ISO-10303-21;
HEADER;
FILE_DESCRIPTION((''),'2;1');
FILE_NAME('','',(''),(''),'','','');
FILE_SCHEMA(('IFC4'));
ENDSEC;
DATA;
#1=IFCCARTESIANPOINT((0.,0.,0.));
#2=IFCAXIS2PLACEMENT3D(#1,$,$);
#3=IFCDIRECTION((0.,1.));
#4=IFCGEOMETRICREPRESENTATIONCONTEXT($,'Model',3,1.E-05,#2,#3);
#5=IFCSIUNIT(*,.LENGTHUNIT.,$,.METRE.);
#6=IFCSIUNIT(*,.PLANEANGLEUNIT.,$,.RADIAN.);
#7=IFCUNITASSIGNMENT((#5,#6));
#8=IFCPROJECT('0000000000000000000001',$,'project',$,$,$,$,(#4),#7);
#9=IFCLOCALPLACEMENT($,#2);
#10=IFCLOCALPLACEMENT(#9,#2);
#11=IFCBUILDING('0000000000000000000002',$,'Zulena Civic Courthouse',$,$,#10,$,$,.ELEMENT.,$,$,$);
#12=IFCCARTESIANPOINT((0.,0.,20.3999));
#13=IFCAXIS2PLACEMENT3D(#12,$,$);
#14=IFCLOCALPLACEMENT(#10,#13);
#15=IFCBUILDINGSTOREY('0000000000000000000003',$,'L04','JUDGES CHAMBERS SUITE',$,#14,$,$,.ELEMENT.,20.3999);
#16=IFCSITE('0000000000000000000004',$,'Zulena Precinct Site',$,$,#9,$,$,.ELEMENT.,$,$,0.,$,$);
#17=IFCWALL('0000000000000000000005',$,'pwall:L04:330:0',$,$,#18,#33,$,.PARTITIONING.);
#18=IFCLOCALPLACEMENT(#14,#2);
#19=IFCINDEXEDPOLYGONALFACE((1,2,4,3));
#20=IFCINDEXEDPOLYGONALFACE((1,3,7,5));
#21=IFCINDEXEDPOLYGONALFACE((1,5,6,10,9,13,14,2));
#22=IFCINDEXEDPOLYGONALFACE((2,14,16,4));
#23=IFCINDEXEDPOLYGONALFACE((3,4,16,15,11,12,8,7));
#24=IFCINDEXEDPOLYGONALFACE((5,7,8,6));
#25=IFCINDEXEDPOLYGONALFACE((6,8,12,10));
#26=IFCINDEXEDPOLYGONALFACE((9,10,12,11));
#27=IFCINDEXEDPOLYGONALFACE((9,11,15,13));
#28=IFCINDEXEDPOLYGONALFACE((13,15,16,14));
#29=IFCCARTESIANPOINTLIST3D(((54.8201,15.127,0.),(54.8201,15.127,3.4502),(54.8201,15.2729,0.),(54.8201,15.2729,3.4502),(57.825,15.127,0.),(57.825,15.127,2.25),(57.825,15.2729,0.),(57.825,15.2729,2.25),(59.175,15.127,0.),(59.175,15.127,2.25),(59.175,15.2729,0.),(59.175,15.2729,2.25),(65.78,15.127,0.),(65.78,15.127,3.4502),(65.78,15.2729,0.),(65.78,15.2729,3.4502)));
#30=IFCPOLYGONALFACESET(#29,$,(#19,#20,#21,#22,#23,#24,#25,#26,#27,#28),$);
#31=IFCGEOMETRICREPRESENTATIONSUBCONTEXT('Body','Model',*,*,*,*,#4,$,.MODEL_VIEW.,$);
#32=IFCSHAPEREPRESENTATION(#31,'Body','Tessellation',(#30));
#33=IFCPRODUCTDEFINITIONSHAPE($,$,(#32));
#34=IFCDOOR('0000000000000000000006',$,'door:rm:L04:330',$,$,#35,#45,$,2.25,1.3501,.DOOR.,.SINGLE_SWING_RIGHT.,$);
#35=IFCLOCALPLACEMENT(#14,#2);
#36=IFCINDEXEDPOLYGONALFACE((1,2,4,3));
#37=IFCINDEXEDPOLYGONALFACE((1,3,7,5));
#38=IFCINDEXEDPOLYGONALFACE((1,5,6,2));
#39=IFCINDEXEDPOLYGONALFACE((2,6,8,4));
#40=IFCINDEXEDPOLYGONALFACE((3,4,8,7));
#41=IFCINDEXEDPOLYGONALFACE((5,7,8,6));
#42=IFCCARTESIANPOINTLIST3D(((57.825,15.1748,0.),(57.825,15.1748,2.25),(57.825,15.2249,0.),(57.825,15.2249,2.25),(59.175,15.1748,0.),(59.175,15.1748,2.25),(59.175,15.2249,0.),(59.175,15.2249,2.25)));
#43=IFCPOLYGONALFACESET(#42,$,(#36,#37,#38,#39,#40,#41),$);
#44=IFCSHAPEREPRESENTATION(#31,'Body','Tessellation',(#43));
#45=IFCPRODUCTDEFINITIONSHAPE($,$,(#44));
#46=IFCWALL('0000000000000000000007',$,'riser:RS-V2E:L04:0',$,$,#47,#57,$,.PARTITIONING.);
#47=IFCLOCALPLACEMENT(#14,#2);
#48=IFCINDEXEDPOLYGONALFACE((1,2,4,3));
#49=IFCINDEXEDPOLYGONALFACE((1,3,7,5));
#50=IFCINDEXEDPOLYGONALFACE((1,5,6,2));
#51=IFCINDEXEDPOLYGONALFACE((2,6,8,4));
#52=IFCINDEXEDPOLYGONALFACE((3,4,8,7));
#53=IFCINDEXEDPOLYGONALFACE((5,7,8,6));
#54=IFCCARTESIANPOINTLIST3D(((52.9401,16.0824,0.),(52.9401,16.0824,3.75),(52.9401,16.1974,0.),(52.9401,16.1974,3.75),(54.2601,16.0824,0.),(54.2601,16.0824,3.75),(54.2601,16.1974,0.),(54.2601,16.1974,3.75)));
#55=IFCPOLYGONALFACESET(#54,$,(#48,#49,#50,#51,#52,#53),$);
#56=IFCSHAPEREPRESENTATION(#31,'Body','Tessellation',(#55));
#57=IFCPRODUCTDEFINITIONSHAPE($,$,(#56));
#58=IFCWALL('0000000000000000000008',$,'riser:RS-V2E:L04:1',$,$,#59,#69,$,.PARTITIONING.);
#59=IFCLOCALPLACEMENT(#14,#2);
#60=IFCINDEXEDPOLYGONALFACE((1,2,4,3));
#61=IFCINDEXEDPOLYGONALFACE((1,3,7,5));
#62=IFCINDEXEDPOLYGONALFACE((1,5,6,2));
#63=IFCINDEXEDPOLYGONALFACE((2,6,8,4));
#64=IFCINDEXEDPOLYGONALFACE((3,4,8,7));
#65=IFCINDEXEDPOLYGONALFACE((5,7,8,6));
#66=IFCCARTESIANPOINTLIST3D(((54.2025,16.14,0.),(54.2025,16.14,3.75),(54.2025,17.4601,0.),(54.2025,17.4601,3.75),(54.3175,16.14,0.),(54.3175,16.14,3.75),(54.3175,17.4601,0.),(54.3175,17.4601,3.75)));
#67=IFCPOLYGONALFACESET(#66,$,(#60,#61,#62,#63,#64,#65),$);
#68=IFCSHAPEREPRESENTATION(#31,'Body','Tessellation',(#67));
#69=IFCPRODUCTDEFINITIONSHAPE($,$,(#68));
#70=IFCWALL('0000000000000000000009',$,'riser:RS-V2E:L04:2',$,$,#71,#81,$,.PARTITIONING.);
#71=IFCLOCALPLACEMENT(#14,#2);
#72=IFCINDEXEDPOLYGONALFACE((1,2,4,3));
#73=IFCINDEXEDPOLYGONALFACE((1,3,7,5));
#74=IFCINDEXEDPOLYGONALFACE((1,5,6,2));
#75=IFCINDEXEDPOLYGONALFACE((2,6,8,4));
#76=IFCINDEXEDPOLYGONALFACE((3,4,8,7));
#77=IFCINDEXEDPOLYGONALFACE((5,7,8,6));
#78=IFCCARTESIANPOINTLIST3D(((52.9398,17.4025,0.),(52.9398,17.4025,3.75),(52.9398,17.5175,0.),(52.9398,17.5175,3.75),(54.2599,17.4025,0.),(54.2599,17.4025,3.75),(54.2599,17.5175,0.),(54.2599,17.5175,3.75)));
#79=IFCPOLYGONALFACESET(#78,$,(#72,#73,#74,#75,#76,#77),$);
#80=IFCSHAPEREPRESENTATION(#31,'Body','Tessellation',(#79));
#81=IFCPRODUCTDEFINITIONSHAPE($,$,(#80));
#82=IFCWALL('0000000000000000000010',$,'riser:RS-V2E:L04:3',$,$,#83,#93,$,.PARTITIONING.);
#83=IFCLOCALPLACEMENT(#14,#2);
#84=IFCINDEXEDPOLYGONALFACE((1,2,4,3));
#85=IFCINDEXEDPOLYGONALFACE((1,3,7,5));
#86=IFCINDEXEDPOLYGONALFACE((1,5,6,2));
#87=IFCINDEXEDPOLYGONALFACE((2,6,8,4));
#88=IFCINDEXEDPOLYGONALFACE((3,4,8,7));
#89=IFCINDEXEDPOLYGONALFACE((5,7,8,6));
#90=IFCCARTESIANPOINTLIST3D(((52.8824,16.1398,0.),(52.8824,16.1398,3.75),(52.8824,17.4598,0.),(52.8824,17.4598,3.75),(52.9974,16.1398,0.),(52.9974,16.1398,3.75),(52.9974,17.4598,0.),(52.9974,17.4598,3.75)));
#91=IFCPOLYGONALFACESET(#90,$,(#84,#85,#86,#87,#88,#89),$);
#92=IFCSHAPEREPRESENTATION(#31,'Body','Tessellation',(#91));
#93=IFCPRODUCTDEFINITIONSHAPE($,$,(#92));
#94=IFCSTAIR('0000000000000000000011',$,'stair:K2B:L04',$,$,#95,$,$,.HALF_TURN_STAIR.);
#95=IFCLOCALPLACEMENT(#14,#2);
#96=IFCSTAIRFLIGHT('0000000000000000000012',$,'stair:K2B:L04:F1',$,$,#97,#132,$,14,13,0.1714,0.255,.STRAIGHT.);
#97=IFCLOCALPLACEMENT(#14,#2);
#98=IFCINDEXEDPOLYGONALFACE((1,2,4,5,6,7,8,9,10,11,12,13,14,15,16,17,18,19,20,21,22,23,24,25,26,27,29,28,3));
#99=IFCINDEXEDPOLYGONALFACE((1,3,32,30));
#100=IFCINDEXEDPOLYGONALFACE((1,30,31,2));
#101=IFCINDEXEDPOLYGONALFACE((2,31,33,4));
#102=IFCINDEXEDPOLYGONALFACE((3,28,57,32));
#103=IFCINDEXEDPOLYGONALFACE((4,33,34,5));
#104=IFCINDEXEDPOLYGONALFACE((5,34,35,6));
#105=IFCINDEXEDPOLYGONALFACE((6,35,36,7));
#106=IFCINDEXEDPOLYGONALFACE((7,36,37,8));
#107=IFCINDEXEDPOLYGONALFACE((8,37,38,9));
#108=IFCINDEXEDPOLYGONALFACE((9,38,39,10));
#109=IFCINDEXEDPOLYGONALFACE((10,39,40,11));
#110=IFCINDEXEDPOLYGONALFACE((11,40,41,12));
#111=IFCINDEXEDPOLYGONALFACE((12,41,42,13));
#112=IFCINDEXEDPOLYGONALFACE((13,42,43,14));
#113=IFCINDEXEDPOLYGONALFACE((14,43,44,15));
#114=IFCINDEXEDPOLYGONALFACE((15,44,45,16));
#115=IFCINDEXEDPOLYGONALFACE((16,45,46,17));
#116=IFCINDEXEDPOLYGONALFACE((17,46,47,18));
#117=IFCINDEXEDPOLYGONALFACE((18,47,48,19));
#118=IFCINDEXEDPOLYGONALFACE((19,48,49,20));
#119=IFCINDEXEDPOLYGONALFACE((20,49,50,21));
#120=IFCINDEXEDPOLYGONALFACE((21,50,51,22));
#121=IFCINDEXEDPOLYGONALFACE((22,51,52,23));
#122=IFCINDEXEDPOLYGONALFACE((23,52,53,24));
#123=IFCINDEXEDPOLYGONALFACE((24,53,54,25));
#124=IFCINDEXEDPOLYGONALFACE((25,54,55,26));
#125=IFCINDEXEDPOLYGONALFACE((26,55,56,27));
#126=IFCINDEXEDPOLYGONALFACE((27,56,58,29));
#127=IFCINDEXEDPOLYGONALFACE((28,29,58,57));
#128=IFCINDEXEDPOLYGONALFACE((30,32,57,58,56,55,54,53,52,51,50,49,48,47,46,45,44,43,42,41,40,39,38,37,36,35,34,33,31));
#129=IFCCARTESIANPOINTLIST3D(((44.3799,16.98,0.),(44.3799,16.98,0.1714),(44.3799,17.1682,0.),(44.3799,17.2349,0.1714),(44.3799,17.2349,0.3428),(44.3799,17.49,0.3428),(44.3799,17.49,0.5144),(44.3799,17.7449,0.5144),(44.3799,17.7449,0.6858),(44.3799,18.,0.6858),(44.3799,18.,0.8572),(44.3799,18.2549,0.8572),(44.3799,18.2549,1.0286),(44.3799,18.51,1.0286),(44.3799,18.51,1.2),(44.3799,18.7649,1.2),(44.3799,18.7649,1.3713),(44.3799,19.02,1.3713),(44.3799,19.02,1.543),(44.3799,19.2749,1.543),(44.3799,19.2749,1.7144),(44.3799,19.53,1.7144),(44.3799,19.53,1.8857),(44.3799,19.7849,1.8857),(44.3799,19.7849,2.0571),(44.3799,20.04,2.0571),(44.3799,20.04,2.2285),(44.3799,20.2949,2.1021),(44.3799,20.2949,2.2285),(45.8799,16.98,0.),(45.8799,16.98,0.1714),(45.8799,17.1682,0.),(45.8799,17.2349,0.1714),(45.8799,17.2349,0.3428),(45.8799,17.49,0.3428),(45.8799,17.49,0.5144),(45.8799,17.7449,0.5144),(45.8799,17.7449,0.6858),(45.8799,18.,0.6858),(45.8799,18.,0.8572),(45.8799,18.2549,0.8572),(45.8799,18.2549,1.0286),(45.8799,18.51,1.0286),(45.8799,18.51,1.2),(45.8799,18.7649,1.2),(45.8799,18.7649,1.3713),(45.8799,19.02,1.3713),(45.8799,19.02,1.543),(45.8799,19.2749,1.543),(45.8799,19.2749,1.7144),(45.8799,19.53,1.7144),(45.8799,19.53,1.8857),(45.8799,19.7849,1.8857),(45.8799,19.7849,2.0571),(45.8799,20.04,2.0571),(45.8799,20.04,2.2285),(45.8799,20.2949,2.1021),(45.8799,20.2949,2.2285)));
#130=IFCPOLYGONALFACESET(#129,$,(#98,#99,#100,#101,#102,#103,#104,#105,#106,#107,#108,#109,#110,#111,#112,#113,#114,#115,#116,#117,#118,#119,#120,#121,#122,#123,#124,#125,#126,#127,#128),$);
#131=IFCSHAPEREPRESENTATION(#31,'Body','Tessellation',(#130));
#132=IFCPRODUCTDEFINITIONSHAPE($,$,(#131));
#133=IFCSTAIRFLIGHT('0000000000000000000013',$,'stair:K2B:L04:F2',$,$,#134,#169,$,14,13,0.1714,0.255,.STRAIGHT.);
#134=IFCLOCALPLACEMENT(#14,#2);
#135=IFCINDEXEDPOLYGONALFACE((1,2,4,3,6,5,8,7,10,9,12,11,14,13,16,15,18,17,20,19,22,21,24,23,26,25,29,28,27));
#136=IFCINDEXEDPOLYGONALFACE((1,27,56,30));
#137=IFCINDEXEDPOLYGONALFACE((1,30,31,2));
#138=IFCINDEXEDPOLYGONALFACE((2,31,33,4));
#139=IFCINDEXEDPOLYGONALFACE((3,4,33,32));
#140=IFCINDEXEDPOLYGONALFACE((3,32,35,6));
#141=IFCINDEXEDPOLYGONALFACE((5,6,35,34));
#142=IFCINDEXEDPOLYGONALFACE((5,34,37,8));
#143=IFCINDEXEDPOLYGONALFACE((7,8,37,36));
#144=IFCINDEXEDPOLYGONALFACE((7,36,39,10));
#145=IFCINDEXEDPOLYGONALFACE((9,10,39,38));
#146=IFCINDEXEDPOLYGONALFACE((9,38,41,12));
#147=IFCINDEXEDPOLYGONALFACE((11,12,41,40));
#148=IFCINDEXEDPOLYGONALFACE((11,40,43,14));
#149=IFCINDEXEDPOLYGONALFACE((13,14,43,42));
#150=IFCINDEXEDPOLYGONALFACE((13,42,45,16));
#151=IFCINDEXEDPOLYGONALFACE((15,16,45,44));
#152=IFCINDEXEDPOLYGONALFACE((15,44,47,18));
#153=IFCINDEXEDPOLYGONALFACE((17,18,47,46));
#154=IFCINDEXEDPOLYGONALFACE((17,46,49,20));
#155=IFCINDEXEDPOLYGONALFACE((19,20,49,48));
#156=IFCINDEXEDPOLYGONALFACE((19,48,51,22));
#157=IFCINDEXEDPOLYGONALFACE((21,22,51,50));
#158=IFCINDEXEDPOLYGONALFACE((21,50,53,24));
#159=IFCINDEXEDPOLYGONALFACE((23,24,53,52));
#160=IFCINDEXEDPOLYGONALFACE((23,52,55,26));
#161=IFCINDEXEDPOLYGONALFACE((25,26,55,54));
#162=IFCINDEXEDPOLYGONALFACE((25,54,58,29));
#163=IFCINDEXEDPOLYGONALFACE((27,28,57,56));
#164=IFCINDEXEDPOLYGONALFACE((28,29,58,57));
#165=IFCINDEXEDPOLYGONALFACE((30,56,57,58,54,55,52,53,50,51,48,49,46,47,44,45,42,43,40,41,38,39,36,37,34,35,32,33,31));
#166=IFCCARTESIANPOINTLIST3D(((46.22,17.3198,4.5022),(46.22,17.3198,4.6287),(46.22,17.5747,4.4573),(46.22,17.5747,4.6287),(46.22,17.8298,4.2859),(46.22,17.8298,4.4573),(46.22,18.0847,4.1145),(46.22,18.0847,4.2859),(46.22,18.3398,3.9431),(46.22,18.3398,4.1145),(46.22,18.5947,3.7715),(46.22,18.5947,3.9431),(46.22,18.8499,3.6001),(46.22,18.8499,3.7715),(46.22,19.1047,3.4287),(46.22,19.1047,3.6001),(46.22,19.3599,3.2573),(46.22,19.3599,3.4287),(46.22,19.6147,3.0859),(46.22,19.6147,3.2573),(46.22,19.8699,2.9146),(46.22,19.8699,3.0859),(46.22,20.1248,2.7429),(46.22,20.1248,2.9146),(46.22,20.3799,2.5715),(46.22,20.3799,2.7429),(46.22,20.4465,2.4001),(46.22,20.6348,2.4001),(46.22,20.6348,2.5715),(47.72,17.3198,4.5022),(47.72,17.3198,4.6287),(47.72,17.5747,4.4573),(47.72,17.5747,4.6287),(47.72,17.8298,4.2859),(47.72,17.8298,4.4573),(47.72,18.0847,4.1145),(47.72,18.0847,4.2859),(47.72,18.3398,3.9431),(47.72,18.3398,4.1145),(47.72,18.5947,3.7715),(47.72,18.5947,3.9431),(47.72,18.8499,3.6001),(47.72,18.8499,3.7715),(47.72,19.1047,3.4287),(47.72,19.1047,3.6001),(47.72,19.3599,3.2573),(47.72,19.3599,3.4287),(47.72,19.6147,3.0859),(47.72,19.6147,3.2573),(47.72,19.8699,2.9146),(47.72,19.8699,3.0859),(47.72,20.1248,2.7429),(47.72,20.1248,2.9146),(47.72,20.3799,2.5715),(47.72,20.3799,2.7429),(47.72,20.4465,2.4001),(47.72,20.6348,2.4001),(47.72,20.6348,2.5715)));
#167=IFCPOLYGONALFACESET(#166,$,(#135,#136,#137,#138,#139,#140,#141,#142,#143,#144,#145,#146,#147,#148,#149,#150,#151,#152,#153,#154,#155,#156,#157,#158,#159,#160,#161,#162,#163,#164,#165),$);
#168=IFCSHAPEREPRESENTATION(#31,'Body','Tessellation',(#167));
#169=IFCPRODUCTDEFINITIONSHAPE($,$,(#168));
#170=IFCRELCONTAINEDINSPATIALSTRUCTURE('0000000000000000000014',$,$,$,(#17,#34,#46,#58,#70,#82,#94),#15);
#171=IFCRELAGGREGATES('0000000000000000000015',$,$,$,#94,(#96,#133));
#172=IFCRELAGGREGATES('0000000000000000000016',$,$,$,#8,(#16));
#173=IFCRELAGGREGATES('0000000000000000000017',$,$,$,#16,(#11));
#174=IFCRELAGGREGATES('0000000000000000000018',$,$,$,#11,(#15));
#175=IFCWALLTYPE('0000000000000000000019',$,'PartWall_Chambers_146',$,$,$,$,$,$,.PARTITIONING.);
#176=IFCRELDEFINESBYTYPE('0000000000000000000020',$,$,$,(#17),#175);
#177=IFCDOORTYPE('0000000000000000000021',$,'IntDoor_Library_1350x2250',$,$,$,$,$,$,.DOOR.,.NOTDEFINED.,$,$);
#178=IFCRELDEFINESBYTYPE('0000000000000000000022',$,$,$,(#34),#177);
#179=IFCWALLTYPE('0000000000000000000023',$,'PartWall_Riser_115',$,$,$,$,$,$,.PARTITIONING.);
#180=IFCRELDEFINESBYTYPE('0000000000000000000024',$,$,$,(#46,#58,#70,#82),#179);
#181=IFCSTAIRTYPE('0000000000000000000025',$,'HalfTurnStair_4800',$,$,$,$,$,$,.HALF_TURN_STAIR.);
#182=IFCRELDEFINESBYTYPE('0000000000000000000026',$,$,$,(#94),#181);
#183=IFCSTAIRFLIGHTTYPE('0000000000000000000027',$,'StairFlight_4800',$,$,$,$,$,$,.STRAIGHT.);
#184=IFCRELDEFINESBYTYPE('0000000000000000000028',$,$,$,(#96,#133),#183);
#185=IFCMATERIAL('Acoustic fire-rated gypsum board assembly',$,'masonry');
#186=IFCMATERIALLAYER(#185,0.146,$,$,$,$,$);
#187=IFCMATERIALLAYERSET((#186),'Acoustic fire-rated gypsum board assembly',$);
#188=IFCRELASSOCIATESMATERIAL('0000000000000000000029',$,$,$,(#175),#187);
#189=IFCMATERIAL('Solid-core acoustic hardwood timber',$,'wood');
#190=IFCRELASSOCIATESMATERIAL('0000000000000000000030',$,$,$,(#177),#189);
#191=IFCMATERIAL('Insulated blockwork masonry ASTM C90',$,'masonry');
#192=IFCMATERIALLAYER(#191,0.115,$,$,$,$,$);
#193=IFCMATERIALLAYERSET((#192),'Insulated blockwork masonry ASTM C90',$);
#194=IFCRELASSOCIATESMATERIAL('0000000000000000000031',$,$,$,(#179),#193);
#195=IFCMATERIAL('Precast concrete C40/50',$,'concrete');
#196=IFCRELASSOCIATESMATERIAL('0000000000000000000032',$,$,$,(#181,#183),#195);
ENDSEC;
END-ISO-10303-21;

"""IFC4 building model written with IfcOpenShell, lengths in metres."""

from ifc_helpers import new_model, si_unit, direction, frame, frame_2d, origin, place, context, subcontext, project, spatial, polyline, rectangle, outline, extrude, material, layer, layer_set, type_object, element, fill, aggregate, save


model = new_model("IFC4")

# Units and contexts
model_context = context("Model", 3, precision=1e-05, world=origin(), true_north=direction((0.0, 1.0)))
body_context = subcontext(model_context, "Body", "Model", "MODEL_VIEW")
ifc_project = project(units=[si_unit("LENGTHUNIT", "METRE"), si_unit("PLANEANGLEUNIT", "RADIAN")], contexts=[model_context])

# Site, building, storey
site_placement = place(None, origin())
site = spatial("IfcSite", under=ifc_project, at=site_placement, Name="Zulena Precinct Site", CompositionType="ELEMENT", RefElevation=0.0)
building_placement = place(site_placement, origin())
building = spatial("IfcBuilding", under=site, at=building_placement, Name="Zulena Civic Courthouse", CompositionType="ELEMENT")
storey_placement = place(building_placement, frame((0.0, 0.0, 20.3999)))
storey = spatial("IfcBuildingStorey", under=building, at=storey_placement, Name="L04", Description="JUDGES CHAMBERS SUITE", CompositionType="ELEMENT", Elevation=20.3999)

# Wall, opening, door
ifc_material_1 = material(Name="Acoustic fire-rated gypsum board assembly", Category="masonry")
ifc_layer_1 = layer(ifc_material_1, 0.146)
ifc_layer_set_1 = layer_set([ifc_layer_1], Name="Acoustic fire-rated gypsum board assembly")
wall_type_1 = type_object("IfcWallType", Name="PartWall_Chambers_146", PredefinedType="PARTITIONING", material=ifc_layer_set_1)
wall_1_placement = place(storey_placement, frame((54.8201, 15.2, 0.0), z_axis=(0.0, 0.0, 1.0), x_axis=(1.0, 0.0, 0.0)))
wall_1 = element("IfcWall", 1, at=wall_1_placement, inside=storey, type_object=wall_type_1, Name="pwall:L04:330:0", PredefinedType="PARTITIONING", context=body_context, shape_type="SweptSolid", body=[
    extrude(rectangle(XDim=10.96, YDim=0.146, at=frame_2d((5.48, 0.0))), origin(), (0.0, 0.0, 1.0), 3.4502),
])
opening_1_placement = place(wall_1_placement, frame((3.0049, 0.0, 0.0)))
opening_1 = element("IfcOpeningElement", 2, at=opening_1_placement, cuts=wall_1, PredefinedType="OPENING", context=body_context, shape_type="SweptSolid", body=[
    extrude(rectangle(XDim=1.3501, YDim=2.25, at=frame_2d((0.675, 1.125))), frame((0.0, 0.083, 0.0), z_axis=(0.0, -1.0, 0.0), x_axis=(1.0, 0.0, 0.0)), (0.0, 0.0, 1.0), 0.166),
])
ifc_material_2 = material(Name="Solid-core acoustic hardwood timber", Category="wood")
door_type_1 = type_object("IfcDoorType", Name="IntDoor_Library_1350x2250", OperationType="NOTDEFINED", PredefinedType="DOOR", material=ifc_material_2)
door_1_placement = place(opening_1_placement, origin())
door_1 = element("IfcDoor", 3, at=door_1_placement, inside=storey, type_object=door_type_1, Name="door:rm:L04:330", OperationType="SINGLE_SWING_RIGHT", OverallHeight=2.25, OverallWidth=1.3501, PredefinedType="DOOR", context=body_context, shape_type="SweptSolid", body=[
    extrude(rectangle(XDim=1.3501, YDim=2.25, at=frame_2d((0.675, 1.125))), frame((0.0, 0.0249, 0.0), z_axis=(0.0, -1.0, 0.0), x_axis=(1.0, 0.0, 0.0)), (0.0, 0.0, 1.0), 0.05),
])
fill(opening_1, door_1)

# Walls
ifc_material_3 = material(Name="Insulated blockwork masonry ASTM C90", Category="masonry")
ifc_layer_2 = layer(ifc_material_3, 0.115)
ifc_layer_set_2 = layer_set([ifc_layer_2], Name="Insulated blockwork masonry ASTM C90")
wall_type_2 = type_object("IfcWallType", Name="PartWall_Riser_115", PredefinedType="PARTITIONING", material=ifc_layer_set_2)
for number, where, z_axis, x_axis, name in (
    (4, (52.9399, 16.1399, 0.0), (0.0, 0.0, 1.0), (1.0, 0.0, 0.0), "riser:RS-V2E:L04:0"),
    (5, (54.26, 16.1399, 0.0), (0.0, 0.0, 1.0), (0.0, 1.0, 0.0), "riser:RS-V2E:L04:1"),
    (6, (54.26, 17.46, 0.0), (0.0, 0.0, 1.0), (-1.0, 0.0, 0.0), "riser:RS-V2E:L04:2"),
    (7, (52.9399, 17.46, 0.0), (0.0, 0.0, 1.0), (0.0, -1.0, 0.0), "riser:RS-V2E:L04:3"),
):
    element("IfcWall", number, at=place(storey_placement, frame(where, z_axis=z_axis, x_axis=x_axis)), inside=storey, type_object=wall_type_2, Name=name, PredefinedType="PARTITIONING", context=body_context, shape_type="SweptSolid", body=[
        extrude(rectangle(XDim=1.3201, YDim=0.115, at=frame_2d((0.6602, 0.0))), origin(), (0.0, 0.0, 1.0), 3.75),
    ])

# Stair, stair flights
ifc_material_4 = material(Name="Precast concrete C40/50", Category="concrete")
stair_type = type_object("IfcStairType", Name="HalfTurnStair_4800", PredefinedType="HALF_TURN_STAIR", material=ifc_material_4)
stair_placement = place(storey_placement, origin())
stair = element("IfcStair", 8, at=stair_placement, inside=storey, type_object=stair_type, Name="stair:K2B:L04", PredefinedType="HALF_TURN_STAIR")
stair_flight_type = type_object("IfcStairFlightType", Name="StairFlight_4800", PredefinedType="STRAIGHT", material=ifc_material_4)
stair_flight_1_placement = place(storey_placement, frame((45.1299, 16.98, 0.0), z_axis=(0.0, 0.0, 1.0), x_axis=(0.0, 1.0, 0.0)))
stair_flight_1 = element("IfcStairFlight", 9, at=stair_flight_1_placement, type_object=stair_flight_type, Name="stair:K2B:L04:F1", NumberOfRisers=14, NumberOfTreads=13, PredefinedType="STRAIGHT", RiserHeight=0.1714, TreadLength=0.255, context=body_context, shape_type="SweptSolid", body=[
    extrude(outline(polyline([(0.0, 0.0), (0.0, 0.1714), (0.2549, 0.1714), (0.2549, 0.3428), (0.51, 0.3428), (0.51, 0.5144), (0.7649, 0.5144), (0.7649, 0.6858), (1.02, 0.6858), (1.02, 0.8572), (1.2749, 0.8572), (1.2749, 1.0286), (1.53, 1.0286), (1.53, 1.2), (1.7849, 1.2), (1.7849, 1.3713), (2.04, 1.3713), (2.04, 1.543), (2.2949, 1.543), (2.2949, 1.7144), (2.55, 1.7144), (2.55, 1.8857), (2.8049, 1.8857), (2.8049, 2.0571), (3.0601, 2.0571), (3.0601, 2.2285), (3.3149, 2.2285), (3.3149, 2.3999), (3.3149, 2.1021), (0.1882, 0.0), (0.0, 0.0)])), frame((0.0, 0.75, 0.0), z_axis=(0.0, -1.0, 0.0), x_axis=(1.0, 0.0, 0.0)), (0.0, 0.0, 1.0), 1.5),
])
stair_flight_2_placement = place(storey_placement, frame((46.97, 20.6348, 2.4001), z_axis=(0.0, 0.0, 1.0), x_axis=(0.0, -1.0, 0.0)))
stair_flight_2 = element("IfcStairFlight", 10, at=stair_flight_2_placement, type_object=stair_flight_type, Name="stair:K2B:L04:F2", NumberOfRisers=14, NumberOfTreads=13, PredefinedType="STRAIGHT", RiserHeight=0.1714, TreadLength=0.255, context=body_context, shape_type="SweptSolid", body=[
    extrude(outline(polyline([(0.0, 0.0), (0.0, 0.1714), (0.2549, 0.1714), (0.2549, 0.3428), (0.51, 0.3428), (0.51, 0.5144), (0.7649, 0.5144), (0.7649, 0.6858), (1.02, 0.6858), (1.02, 0.8572), (1.2749, 0.8572), (1.2749, 1.0286), (1.53, 1.0286), (1.53, 1.2), (1.7849, 1.2), (1.7849, 1.3713), (2.04, 1.3713), (2.04, 1.543), (2.2949, 1.543), (2.2949, 1.7144), (2.55, 1.7144), (2.55, 1.8857), (2.8049, 1.8857), (2.8049, 2.0571), (3.0601, 2.0571), (3.0601, 2.2285), (3.3149, 2.2285), (3.3149, 2.3999), (3.3149, 2.1021), (0.1882, 0.0), (0.0, 0.0)])), frame((0.0, 0.75, 0.0), z_axis=(0.0, -1.0, 0.0), x_axis=(1.0, 0.0, 0.0)), (0.0, 0.0, 1.0), 1.5),
])
aggregate(stair, [stair_flight_1, stair_flight_2])

save(model, "model.ifc")
